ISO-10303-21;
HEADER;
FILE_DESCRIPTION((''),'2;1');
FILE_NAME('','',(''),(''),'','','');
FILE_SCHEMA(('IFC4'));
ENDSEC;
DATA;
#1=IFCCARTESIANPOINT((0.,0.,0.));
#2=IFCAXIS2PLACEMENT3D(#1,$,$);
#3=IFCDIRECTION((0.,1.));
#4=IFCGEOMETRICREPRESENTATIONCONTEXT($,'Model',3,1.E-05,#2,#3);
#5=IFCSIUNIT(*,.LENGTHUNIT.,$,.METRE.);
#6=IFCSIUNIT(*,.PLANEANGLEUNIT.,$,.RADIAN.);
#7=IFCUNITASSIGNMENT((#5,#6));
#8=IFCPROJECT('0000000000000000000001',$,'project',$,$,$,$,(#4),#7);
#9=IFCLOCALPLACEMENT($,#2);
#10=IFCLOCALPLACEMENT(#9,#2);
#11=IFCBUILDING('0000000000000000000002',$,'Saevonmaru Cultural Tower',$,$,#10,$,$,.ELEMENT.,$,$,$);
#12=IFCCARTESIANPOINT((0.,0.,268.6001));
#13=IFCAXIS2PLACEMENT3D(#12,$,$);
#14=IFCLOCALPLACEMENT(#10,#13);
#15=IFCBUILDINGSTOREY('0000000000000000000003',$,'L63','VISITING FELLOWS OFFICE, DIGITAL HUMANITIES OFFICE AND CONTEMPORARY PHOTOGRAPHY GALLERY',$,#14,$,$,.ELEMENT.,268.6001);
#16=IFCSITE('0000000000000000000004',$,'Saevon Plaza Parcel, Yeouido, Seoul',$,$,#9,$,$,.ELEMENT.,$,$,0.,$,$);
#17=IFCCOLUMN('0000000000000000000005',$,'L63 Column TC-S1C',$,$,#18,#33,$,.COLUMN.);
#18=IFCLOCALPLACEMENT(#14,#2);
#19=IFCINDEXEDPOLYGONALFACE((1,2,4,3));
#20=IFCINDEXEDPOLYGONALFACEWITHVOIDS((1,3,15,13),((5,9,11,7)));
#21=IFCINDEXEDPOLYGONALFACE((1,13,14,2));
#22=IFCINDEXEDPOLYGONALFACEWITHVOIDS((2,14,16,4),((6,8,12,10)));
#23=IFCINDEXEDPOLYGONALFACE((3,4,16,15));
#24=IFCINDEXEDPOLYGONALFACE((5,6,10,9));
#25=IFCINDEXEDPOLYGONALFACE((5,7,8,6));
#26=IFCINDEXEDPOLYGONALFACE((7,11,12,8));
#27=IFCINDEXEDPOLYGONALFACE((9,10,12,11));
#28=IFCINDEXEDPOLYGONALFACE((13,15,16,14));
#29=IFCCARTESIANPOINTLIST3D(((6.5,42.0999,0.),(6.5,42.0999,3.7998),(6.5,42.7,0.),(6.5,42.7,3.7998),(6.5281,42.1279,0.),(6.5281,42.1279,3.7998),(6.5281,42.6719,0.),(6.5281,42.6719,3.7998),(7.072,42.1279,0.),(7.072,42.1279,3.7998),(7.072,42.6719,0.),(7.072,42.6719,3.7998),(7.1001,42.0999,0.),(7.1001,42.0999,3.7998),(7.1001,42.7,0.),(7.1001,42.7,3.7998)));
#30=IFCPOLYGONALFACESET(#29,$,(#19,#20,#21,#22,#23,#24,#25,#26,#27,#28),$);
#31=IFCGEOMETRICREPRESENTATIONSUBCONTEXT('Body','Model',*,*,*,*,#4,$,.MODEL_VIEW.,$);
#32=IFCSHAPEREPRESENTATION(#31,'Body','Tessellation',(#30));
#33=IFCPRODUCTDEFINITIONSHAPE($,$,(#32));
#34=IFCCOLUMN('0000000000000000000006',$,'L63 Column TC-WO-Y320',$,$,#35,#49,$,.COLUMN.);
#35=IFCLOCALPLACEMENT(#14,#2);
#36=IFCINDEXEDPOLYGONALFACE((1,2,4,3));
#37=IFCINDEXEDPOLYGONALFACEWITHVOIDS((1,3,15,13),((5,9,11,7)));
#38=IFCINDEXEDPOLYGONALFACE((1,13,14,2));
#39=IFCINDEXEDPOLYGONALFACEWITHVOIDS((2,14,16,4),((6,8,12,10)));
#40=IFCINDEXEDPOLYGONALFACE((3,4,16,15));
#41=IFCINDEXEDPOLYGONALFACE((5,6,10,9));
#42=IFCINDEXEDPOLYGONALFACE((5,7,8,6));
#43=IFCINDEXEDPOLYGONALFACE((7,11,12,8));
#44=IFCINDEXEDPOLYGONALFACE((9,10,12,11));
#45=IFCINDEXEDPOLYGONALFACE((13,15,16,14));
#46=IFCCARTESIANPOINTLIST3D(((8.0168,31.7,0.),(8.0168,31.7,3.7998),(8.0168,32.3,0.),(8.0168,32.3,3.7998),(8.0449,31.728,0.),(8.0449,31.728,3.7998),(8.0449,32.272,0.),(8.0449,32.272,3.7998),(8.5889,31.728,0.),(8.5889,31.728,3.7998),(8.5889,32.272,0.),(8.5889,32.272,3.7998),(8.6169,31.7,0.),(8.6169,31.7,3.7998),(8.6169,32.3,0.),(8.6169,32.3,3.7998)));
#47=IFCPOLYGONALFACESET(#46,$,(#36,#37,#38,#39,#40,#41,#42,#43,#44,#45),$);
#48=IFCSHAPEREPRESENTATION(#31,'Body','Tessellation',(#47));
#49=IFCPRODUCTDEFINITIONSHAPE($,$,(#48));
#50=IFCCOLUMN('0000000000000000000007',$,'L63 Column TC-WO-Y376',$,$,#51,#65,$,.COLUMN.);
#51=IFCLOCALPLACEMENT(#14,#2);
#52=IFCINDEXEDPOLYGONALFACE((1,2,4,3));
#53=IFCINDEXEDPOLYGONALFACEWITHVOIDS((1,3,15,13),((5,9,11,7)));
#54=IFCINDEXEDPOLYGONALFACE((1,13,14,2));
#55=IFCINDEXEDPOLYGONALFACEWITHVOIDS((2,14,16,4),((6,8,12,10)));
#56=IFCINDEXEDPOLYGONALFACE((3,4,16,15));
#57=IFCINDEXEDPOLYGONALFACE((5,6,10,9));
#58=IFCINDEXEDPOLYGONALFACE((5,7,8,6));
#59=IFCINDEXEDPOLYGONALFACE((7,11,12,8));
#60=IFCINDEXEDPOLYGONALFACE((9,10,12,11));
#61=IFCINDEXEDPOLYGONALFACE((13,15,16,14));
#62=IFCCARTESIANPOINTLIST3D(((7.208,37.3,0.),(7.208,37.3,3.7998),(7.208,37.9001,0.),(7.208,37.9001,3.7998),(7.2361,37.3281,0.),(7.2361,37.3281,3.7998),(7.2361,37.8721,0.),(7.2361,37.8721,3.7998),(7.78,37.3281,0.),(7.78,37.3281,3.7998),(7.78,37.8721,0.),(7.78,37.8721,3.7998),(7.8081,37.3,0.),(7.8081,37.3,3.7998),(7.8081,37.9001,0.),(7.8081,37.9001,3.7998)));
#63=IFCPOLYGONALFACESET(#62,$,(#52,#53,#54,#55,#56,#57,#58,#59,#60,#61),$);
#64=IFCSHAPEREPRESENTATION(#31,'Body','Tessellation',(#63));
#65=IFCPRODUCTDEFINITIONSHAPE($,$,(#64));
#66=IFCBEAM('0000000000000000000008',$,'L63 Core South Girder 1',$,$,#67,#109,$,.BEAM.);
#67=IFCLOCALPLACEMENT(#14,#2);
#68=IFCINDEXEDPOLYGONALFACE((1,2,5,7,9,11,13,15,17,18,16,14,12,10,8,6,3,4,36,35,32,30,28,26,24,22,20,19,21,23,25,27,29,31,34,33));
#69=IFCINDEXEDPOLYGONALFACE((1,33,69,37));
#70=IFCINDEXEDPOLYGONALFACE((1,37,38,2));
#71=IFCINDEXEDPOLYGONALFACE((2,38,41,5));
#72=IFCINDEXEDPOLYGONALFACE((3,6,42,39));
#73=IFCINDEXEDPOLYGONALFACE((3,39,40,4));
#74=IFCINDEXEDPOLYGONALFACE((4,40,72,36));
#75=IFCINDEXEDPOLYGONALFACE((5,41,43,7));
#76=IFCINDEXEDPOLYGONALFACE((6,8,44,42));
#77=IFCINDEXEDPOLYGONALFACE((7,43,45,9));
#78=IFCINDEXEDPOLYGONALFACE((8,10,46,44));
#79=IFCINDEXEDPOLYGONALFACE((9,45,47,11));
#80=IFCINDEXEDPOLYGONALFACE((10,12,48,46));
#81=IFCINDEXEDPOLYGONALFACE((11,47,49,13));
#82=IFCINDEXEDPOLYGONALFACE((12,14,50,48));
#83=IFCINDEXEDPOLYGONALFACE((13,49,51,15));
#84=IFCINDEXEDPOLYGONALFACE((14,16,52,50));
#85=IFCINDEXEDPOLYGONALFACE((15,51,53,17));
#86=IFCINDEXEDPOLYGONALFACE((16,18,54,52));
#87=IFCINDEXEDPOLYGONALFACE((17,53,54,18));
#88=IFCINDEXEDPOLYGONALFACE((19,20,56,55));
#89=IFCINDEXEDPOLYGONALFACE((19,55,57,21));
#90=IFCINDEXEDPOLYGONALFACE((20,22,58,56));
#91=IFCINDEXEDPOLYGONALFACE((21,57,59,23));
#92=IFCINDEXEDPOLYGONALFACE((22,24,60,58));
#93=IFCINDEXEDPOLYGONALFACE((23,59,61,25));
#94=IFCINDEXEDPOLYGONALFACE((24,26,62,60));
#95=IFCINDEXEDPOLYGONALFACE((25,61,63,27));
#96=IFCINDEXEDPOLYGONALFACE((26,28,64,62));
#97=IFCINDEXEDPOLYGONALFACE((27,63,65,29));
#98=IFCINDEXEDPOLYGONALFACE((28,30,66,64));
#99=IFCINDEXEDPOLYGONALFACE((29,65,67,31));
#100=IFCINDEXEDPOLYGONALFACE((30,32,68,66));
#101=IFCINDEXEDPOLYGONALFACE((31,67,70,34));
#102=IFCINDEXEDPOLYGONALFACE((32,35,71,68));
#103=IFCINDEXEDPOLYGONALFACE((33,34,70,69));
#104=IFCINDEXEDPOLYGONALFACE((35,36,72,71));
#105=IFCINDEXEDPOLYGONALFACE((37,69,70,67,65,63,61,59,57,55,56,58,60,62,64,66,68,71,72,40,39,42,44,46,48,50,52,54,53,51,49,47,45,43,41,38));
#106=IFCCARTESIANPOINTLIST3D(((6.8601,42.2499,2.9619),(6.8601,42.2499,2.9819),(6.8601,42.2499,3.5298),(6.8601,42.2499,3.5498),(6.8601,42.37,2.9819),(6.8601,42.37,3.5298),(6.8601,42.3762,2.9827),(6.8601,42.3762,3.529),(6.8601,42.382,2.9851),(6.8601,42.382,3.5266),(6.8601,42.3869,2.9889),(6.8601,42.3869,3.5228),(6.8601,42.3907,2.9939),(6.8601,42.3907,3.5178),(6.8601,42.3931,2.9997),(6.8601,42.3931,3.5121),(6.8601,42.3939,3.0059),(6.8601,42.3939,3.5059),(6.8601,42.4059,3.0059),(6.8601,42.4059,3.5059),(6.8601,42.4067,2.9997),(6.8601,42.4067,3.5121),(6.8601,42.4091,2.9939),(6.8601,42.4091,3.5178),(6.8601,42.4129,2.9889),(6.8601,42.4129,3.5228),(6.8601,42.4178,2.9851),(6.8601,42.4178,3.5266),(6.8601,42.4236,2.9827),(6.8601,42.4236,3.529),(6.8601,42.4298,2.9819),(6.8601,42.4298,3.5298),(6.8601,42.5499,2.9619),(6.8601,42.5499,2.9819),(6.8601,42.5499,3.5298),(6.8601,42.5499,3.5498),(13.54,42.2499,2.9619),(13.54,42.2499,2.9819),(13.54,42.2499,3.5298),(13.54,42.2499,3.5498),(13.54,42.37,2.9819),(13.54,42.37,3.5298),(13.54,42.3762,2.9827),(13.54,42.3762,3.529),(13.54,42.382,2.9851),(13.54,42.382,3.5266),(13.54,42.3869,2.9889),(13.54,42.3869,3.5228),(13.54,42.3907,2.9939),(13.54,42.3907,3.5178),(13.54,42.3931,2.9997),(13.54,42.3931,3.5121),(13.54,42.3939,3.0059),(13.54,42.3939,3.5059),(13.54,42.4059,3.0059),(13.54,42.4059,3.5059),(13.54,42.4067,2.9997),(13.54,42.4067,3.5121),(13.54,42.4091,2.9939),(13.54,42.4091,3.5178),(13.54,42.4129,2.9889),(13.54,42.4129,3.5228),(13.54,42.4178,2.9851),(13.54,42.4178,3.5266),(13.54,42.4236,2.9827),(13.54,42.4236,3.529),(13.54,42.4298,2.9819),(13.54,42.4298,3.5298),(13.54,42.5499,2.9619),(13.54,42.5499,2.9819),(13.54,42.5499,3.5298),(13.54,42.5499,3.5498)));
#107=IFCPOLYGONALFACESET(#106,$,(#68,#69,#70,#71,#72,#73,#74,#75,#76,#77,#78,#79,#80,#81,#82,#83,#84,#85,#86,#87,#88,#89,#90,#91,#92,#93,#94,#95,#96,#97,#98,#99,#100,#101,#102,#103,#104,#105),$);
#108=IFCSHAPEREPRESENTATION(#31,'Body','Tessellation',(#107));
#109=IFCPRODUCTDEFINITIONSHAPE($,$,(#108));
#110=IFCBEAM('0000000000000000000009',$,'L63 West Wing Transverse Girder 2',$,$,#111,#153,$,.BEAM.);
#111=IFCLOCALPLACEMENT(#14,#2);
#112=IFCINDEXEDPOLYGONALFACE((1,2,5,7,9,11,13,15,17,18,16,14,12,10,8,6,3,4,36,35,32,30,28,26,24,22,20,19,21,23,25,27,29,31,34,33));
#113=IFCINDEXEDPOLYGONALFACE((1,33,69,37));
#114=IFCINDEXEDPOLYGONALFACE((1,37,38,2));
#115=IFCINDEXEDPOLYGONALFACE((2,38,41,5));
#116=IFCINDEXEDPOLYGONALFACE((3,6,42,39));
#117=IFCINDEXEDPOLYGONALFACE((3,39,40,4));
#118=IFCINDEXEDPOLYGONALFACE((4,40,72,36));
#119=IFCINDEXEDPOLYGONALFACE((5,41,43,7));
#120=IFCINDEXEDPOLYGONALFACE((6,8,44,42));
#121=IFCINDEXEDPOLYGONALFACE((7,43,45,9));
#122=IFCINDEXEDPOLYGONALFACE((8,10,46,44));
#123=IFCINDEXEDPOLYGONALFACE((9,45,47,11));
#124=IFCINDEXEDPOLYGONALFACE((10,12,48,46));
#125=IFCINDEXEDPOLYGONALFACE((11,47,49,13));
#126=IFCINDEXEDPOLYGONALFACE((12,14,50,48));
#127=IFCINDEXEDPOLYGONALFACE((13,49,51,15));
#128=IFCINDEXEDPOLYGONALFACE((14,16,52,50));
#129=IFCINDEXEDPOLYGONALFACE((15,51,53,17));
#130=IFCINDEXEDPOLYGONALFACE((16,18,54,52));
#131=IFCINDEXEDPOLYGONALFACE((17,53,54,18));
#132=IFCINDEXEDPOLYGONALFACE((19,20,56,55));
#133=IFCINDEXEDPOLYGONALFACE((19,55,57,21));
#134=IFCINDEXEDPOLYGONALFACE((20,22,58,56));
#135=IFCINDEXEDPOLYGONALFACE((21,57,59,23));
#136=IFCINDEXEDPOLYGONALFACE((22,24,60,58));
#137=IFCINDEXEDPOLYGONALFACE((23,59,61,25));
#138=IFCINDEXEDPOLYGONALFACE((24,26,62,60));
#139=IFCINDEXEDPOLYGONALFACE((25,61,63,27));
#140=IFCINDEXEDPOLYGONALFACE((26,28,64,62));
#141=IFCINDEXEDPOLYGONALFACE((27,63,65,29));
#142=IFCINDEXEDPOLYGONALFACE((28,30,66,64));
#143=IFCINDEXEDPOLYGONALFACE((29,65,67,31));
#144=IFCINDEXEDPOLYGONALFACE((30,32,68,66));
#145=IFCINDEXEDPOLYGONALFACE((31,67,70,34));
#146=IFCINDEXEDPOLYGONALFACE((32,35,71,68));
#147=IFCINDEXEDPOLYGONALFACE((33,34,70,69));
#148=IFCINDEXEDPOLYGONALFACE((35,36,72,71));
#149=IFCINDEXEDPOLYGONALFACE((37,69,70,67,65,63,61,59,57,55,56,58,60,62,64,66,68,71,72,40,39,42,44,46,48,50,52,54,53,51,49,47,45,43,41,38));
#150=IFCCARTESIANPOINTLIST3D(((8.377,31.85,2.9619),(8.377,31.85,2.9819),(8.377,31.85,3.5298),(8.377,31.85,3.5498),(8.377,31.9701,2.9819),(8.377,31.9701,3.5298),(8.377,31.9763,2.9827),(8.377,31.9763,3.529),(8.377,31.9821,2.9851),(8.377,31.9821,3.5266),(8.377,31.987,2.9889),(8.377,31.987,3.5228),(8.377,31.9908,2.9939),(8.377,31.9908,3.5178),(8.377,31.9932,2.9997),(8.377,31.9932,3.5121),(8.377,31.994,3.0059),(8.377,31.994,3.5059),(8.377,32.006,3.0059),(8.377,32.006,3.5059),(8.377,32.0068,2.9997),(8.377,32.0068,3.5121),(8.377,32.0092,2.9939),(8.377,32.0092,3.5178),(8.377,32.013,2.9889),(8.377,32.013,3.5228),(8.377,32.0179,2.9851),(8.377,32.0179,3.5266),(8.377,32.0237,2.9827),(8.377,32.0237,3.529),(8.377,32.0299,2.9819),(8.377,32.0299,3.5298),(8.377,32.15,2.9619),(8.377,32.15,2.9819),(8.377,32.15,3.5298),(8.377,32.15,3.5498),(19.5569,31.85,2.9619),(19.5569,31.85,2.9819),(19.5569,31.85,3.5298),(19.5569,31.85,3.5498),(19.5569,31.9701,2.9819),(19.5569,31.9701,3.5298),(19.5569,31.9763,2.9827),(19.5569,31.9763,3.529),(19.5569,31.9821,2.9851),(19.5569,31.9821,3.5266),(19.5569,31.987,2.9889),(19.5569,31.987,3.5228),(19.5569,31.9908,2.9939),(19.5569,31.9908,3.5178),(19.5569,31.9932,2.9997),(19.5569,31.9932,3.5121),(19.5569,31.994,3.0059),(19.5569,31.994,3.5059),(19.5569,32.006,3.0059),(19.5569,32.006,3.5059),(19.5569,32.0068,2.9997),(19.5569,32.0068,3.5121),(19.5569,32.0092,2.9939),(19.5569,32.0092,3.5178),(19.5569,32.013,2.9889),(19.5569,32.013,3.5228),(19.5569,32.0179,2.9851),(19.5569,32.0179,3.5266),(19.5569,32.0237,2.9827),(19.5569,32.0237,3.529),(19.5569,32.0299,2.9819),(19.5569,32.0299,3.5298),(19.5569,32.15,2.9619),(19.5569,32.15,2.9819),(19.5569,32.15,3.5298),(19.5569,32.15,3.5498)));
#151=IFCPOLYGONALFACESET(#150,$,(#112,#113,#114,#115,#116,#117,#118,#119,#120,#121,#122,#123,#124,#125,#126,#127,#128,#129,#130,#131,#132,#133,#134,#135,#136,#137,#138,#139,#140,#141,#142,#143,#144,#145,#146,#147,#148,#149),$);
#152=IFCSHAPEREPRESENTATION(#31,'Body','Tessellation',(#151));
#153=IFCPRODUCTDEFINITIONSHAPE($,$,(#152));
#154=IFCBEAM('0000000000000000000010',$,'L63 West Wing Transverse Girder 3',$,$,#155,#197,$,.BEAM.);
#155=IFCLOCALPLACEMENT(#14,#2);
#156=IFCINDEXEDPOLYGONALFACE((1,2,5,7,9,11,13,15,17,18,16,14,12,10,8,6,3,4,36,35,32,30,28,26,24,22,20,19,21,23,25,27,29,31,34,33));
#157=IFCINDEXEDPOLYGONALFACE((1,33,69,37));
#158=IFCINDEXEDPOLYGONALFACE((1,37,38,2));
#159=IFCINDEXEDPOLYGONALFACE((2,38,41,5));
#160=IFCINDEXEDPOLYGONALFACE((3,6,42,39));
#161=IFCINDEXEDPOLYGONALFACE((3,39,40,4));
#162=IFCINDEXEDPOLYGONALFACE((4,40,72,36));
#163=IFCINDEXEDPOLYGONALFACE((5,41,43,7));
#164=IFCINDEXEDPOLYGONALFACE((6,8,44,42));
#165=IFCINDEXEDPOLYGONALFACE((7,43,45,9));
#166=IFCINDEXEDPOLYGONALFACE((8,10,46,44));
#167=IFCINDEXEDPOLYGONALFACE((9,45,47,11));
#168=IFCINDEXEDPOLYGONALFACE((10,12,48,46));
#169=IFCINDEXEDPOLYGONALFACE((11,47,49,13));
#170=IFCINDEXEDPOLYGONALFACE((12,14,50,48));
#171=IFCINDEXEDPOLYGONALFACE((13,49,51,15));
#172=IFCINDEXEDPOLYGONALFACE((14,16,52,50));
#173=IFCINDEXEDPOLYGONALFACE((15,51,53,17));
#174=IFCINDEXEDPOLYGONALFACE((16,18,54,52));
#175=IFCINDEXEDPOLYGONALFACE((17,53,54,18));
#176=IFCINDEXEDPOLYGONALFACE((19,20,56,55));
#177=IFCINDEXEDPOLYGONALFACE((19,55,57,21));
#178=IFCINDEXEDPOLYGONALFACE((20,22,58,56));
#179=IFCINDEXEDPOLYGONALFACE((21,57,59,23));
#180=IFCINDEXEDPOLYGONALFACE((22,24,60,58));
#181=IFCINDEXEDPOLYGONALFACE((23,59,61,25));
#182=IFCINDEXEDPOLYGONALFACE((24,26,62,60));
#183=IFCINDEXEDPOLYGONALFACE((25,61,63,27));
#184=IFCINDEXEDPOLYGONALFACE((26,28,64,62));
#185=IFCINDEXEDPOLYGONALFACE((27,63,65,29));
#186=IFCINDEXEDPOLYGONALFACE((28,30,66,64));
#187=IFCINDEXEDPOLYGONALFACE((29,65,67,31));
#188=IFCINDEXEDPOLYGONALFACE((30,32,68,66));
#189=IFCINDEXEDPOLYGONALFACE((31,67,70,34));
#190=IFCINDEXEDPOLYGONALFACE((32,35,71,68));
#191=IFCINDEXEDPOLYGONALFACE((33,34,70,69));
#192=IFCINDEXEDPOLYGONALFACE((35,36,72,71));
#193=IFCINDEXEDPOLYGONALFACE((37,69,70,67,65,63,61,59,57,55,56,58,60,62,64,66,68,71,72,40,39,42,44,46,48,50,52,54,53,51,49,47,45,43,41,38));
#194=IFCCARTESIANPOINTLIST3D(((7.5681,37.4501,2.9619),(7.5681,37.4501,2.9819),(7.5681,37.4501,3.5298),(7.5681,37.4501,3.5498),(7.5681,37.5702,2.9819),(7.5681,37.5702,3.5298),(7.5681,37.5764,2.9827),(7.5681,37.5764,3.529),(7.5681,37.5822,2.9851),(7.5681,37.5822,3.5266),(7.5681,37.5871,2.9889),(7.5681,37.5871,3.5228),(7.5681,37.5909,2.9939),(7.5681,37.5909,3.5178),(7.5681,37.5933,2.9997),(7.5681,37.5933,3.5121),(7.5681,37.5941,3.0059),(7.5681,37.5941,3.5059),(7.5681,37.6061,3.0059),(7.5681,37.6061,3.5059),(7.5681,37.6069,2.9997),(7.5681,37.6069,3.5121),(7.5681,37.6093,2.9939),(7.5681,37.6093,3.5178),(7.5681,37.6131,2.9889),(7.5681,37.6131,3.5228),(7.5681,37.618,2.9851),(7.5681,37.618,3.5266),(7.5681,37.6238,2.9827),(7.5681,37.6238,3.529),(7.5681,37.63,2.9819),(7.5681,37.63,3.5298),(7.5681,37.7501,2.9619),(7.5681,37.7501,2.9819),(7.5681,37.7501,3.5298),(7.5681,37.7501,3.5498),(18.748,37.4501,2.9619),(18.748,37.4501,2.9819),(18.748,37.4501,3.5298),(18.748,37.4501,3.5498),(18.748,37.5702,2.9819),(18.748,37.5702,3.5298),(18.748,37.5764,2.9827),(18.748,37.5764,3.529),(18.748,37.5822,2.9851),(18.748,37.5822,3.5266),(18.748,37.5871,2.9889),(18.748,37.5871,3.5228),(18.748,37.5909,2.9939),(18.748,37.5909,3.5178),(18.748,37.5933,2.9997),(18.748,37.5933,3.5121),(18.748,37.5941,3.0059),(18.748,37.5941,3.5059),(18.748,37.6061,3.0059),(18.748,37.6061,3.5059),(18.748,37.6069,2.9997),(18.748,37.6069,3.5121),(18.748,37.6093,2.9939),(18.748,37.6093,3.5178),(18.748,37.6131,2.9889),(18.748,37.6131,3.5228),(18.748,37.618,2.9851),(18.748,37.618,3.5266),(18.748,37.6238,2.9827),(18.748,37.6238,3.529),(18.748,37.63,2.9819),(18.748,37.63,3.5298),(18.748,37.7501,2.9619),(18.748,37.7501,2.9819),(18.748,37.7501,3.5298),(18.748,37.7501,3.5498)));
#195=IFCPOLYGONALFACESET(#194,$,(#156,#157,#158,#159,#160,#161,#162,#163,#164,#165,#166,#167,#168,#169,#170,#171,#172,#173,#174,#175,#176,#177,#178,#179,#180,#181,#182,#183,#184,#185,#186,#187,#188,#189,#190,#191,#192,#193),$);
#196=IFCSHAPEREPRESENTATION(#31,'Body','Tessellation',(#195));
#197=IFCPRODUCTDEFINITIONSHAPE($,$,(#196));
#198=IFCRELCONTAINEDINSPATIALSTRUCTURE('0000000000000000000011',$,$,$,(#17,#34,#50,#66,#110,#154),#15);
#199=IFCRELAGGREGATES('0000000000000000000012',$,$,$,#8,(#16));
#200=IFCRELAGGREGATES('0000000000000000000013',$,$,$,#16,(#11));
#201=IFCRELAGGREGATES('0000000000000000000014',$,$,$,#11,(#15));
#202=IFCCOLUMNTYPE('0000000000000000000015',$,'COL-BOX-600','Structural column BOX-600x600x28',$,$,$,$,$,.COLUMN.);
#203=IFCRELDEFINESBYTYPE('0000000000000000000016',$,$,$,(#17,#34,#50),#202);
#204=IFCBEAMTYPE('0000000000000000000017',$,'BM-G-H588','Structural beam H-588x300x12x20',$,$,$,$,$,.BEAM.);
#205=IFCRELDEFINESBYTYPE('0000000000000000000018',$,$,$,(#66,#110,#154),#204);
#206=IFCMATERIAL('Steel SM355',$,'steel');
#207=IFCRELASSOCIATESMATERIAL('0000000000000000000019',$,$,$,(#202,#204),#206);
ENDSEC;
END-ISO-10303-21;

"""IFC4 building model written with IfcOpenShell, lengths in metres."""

from ifc_helpers import new_model, si_unit, direction, frame, origin, origin_2d, place, context, subcontext, project, spatial, hollow_rectangle, i_section, extrude, material, material_profile, profile_set, type_object, element, save


model = new_model("IFC4")

# Units and contexts
model_context = context("Model", 3, precision=1e-05, world=origin(), true_north=direction((0.0, 1.0)))
body_context = subcontext(model_context, "Body", "Model", "MODEL_VIEW")
ifc_project = project(units=[si_unit("LENGTHUNIT", "METRE"), si_unit("PLANEANGLEUNIT", "RADIAN")], contexts=[model_context])

# Site, building, storey
site_placement = place(None, origin())
site = spatial("IfcSite", under=ifc_project, at=site_placement, Name="Saevon Plaza Parcel, Yeouido, Seoul", CompositionType="ELEMENT", RefElevation=0.0)
building_placement = place(site_placement, origin())
building = spatial("IfcBuilding", under=site, at=building_placement, Name="Saevonmaru Cultural Tower", CompositionType="ELEMENT")
storey_placement = place(building_placement, frame((0.0, 0.0, 268.6001)))
storey = spatial("IfcBuildingStorey", under=building, at=storey_placement, Name="L63", Description="VISITING FELLOWS OFFICE, DIGITAL HUMANITIES OFFICE AND CONTEMPORARY PHOTOGRAPHY GALLERY", CompositionType="ELEMENT", Elevation=268.6001)

# Columns
ifc_material_1 = material(Name="Steel SM355", Category="steel")
ifc_material_profile_1 = material_profile(ifc_material_1, hollow_rectangle(XDim=0.6001, YDim=0.6001, WallThickness=0.0281, at=origin_2d()), Name="BOX-600x600x28")
ifc_profile_set_1 = profile_set([ifc_material_profile_1], Name="Steel SM355")
column_type = type_object("IfcColumnType", Name="COL-BOX-600", Description="Structural column BOX-600x600x28", PredefinedType="COLUMN", material=ifc_profile_set_1)
for number, where, z_axis, x_axis, name in (
    (1, (6.8, 42.3999, 0.0), (0.0, 0.0, 1.0), (1.0, 0.0, 0.0), "L63 Column TC-S1C"),
    (2, (8.3169, 32.0, 0.0), (0.0, 0.0, 1.0), (1.0, 0.0, 0.0), "L63 Column TC-WO-Y320"),
    (3, (7.5081, 37.6001, 0.0), (0.0, 0.0, 1.0), (1.0, 0.0, 0.0), "L63 Column TC-WO-Y376"),
):
    element("IfcColumn", number, at=place(storey_placement, frame(where, z_axis=z_axis, x_axis=x_axis)), inside=storey, type_object=column_type, Name=name, PredefinedType="COLUMN", context=body_context, shape_type="SweptSolid", body=[
        extrude(hollow_rectangle(XDim=0.6001, YDim=0.6001, WallThickness=0.0281, at=origin_2d()), origin(), (0.0, 0.0, 1.0), 3.7998),
    ])

# Beams
ifc_material_profile_2 = material_profile(ifc_material_1, i_section(OverallWidth=0.3, OverallDepth=0.5879, WebThickness=0.012, FlangeThickness=0.02, FilletRadius=0.0239, at=origin_2d()), Name="H-588x300x12x20")
ifc_profile_set_2 = profile_set([ifc_material_profile_2], Name="Steel SM355")
beam_type_1 = type_object("IfcBeamType", Name="BM-G-H588", Description="Structural beam H-588x300x12x20", PredefinedType="BEAM", material=ifc_profile_set_2)
beam_1_placement = place(storey_placement, frame((6.8601, 42.3999, 3.2559), z_axis=(1.0, 0.0, 0.0), x_axis=(0.0, 1.0, 0.0)))
element("IfcBeam", 4, at=beam_1_placement, inside=storey, type_object=beam_type_1, Name="L63 Core South Girder 1", PredefinedType="BEAM", context=body_context, shape_type="SweptSolid", body=[
    extrude(i_section(OverallWidth=0.3, OverallDepth=0.5879, WebThickness=0.012, FlangeThickness=0.02, FilletRadius=0.0239, at=origin_2d()), origin(), (0.0, 0.0, 1.0), 6.6799),
])
for number, where, z_axis, x_axis, name in (
    (5, (8.377, 32.0, 3.2559), (1.0, 0.0, 0.0), (0.0, 1.0, 0.0), "L63 West Wing Transverse Girder 2"),
    (6, (7.5681, 37.6001, 3.2559), (1.0, 0.0, 0.0), (0.0, 1.0, 0.0), "L63 West Wing Transverse Girder 3"),
):
    element("IfcBeam", number, at=place(storey_placement, frame(where, z_axis=z_axis, x_axis=x_axis)), inside=storey, type_object=beam_type_1, Name=name, PredefinedType="BEAM", context=body_context, shape_type="SweptSolid", body=[
        extrude(i_section(OverallWidth=0.3, OverallDepth=0.5879, WebThickness=0.012, FlangeThickness=0.02, FilletRadius=0.0239, at=origin_2d()), origin(), (0.0, 0.0, 1.0), 11.1799),
    ])

save(model, "model.ifc")
